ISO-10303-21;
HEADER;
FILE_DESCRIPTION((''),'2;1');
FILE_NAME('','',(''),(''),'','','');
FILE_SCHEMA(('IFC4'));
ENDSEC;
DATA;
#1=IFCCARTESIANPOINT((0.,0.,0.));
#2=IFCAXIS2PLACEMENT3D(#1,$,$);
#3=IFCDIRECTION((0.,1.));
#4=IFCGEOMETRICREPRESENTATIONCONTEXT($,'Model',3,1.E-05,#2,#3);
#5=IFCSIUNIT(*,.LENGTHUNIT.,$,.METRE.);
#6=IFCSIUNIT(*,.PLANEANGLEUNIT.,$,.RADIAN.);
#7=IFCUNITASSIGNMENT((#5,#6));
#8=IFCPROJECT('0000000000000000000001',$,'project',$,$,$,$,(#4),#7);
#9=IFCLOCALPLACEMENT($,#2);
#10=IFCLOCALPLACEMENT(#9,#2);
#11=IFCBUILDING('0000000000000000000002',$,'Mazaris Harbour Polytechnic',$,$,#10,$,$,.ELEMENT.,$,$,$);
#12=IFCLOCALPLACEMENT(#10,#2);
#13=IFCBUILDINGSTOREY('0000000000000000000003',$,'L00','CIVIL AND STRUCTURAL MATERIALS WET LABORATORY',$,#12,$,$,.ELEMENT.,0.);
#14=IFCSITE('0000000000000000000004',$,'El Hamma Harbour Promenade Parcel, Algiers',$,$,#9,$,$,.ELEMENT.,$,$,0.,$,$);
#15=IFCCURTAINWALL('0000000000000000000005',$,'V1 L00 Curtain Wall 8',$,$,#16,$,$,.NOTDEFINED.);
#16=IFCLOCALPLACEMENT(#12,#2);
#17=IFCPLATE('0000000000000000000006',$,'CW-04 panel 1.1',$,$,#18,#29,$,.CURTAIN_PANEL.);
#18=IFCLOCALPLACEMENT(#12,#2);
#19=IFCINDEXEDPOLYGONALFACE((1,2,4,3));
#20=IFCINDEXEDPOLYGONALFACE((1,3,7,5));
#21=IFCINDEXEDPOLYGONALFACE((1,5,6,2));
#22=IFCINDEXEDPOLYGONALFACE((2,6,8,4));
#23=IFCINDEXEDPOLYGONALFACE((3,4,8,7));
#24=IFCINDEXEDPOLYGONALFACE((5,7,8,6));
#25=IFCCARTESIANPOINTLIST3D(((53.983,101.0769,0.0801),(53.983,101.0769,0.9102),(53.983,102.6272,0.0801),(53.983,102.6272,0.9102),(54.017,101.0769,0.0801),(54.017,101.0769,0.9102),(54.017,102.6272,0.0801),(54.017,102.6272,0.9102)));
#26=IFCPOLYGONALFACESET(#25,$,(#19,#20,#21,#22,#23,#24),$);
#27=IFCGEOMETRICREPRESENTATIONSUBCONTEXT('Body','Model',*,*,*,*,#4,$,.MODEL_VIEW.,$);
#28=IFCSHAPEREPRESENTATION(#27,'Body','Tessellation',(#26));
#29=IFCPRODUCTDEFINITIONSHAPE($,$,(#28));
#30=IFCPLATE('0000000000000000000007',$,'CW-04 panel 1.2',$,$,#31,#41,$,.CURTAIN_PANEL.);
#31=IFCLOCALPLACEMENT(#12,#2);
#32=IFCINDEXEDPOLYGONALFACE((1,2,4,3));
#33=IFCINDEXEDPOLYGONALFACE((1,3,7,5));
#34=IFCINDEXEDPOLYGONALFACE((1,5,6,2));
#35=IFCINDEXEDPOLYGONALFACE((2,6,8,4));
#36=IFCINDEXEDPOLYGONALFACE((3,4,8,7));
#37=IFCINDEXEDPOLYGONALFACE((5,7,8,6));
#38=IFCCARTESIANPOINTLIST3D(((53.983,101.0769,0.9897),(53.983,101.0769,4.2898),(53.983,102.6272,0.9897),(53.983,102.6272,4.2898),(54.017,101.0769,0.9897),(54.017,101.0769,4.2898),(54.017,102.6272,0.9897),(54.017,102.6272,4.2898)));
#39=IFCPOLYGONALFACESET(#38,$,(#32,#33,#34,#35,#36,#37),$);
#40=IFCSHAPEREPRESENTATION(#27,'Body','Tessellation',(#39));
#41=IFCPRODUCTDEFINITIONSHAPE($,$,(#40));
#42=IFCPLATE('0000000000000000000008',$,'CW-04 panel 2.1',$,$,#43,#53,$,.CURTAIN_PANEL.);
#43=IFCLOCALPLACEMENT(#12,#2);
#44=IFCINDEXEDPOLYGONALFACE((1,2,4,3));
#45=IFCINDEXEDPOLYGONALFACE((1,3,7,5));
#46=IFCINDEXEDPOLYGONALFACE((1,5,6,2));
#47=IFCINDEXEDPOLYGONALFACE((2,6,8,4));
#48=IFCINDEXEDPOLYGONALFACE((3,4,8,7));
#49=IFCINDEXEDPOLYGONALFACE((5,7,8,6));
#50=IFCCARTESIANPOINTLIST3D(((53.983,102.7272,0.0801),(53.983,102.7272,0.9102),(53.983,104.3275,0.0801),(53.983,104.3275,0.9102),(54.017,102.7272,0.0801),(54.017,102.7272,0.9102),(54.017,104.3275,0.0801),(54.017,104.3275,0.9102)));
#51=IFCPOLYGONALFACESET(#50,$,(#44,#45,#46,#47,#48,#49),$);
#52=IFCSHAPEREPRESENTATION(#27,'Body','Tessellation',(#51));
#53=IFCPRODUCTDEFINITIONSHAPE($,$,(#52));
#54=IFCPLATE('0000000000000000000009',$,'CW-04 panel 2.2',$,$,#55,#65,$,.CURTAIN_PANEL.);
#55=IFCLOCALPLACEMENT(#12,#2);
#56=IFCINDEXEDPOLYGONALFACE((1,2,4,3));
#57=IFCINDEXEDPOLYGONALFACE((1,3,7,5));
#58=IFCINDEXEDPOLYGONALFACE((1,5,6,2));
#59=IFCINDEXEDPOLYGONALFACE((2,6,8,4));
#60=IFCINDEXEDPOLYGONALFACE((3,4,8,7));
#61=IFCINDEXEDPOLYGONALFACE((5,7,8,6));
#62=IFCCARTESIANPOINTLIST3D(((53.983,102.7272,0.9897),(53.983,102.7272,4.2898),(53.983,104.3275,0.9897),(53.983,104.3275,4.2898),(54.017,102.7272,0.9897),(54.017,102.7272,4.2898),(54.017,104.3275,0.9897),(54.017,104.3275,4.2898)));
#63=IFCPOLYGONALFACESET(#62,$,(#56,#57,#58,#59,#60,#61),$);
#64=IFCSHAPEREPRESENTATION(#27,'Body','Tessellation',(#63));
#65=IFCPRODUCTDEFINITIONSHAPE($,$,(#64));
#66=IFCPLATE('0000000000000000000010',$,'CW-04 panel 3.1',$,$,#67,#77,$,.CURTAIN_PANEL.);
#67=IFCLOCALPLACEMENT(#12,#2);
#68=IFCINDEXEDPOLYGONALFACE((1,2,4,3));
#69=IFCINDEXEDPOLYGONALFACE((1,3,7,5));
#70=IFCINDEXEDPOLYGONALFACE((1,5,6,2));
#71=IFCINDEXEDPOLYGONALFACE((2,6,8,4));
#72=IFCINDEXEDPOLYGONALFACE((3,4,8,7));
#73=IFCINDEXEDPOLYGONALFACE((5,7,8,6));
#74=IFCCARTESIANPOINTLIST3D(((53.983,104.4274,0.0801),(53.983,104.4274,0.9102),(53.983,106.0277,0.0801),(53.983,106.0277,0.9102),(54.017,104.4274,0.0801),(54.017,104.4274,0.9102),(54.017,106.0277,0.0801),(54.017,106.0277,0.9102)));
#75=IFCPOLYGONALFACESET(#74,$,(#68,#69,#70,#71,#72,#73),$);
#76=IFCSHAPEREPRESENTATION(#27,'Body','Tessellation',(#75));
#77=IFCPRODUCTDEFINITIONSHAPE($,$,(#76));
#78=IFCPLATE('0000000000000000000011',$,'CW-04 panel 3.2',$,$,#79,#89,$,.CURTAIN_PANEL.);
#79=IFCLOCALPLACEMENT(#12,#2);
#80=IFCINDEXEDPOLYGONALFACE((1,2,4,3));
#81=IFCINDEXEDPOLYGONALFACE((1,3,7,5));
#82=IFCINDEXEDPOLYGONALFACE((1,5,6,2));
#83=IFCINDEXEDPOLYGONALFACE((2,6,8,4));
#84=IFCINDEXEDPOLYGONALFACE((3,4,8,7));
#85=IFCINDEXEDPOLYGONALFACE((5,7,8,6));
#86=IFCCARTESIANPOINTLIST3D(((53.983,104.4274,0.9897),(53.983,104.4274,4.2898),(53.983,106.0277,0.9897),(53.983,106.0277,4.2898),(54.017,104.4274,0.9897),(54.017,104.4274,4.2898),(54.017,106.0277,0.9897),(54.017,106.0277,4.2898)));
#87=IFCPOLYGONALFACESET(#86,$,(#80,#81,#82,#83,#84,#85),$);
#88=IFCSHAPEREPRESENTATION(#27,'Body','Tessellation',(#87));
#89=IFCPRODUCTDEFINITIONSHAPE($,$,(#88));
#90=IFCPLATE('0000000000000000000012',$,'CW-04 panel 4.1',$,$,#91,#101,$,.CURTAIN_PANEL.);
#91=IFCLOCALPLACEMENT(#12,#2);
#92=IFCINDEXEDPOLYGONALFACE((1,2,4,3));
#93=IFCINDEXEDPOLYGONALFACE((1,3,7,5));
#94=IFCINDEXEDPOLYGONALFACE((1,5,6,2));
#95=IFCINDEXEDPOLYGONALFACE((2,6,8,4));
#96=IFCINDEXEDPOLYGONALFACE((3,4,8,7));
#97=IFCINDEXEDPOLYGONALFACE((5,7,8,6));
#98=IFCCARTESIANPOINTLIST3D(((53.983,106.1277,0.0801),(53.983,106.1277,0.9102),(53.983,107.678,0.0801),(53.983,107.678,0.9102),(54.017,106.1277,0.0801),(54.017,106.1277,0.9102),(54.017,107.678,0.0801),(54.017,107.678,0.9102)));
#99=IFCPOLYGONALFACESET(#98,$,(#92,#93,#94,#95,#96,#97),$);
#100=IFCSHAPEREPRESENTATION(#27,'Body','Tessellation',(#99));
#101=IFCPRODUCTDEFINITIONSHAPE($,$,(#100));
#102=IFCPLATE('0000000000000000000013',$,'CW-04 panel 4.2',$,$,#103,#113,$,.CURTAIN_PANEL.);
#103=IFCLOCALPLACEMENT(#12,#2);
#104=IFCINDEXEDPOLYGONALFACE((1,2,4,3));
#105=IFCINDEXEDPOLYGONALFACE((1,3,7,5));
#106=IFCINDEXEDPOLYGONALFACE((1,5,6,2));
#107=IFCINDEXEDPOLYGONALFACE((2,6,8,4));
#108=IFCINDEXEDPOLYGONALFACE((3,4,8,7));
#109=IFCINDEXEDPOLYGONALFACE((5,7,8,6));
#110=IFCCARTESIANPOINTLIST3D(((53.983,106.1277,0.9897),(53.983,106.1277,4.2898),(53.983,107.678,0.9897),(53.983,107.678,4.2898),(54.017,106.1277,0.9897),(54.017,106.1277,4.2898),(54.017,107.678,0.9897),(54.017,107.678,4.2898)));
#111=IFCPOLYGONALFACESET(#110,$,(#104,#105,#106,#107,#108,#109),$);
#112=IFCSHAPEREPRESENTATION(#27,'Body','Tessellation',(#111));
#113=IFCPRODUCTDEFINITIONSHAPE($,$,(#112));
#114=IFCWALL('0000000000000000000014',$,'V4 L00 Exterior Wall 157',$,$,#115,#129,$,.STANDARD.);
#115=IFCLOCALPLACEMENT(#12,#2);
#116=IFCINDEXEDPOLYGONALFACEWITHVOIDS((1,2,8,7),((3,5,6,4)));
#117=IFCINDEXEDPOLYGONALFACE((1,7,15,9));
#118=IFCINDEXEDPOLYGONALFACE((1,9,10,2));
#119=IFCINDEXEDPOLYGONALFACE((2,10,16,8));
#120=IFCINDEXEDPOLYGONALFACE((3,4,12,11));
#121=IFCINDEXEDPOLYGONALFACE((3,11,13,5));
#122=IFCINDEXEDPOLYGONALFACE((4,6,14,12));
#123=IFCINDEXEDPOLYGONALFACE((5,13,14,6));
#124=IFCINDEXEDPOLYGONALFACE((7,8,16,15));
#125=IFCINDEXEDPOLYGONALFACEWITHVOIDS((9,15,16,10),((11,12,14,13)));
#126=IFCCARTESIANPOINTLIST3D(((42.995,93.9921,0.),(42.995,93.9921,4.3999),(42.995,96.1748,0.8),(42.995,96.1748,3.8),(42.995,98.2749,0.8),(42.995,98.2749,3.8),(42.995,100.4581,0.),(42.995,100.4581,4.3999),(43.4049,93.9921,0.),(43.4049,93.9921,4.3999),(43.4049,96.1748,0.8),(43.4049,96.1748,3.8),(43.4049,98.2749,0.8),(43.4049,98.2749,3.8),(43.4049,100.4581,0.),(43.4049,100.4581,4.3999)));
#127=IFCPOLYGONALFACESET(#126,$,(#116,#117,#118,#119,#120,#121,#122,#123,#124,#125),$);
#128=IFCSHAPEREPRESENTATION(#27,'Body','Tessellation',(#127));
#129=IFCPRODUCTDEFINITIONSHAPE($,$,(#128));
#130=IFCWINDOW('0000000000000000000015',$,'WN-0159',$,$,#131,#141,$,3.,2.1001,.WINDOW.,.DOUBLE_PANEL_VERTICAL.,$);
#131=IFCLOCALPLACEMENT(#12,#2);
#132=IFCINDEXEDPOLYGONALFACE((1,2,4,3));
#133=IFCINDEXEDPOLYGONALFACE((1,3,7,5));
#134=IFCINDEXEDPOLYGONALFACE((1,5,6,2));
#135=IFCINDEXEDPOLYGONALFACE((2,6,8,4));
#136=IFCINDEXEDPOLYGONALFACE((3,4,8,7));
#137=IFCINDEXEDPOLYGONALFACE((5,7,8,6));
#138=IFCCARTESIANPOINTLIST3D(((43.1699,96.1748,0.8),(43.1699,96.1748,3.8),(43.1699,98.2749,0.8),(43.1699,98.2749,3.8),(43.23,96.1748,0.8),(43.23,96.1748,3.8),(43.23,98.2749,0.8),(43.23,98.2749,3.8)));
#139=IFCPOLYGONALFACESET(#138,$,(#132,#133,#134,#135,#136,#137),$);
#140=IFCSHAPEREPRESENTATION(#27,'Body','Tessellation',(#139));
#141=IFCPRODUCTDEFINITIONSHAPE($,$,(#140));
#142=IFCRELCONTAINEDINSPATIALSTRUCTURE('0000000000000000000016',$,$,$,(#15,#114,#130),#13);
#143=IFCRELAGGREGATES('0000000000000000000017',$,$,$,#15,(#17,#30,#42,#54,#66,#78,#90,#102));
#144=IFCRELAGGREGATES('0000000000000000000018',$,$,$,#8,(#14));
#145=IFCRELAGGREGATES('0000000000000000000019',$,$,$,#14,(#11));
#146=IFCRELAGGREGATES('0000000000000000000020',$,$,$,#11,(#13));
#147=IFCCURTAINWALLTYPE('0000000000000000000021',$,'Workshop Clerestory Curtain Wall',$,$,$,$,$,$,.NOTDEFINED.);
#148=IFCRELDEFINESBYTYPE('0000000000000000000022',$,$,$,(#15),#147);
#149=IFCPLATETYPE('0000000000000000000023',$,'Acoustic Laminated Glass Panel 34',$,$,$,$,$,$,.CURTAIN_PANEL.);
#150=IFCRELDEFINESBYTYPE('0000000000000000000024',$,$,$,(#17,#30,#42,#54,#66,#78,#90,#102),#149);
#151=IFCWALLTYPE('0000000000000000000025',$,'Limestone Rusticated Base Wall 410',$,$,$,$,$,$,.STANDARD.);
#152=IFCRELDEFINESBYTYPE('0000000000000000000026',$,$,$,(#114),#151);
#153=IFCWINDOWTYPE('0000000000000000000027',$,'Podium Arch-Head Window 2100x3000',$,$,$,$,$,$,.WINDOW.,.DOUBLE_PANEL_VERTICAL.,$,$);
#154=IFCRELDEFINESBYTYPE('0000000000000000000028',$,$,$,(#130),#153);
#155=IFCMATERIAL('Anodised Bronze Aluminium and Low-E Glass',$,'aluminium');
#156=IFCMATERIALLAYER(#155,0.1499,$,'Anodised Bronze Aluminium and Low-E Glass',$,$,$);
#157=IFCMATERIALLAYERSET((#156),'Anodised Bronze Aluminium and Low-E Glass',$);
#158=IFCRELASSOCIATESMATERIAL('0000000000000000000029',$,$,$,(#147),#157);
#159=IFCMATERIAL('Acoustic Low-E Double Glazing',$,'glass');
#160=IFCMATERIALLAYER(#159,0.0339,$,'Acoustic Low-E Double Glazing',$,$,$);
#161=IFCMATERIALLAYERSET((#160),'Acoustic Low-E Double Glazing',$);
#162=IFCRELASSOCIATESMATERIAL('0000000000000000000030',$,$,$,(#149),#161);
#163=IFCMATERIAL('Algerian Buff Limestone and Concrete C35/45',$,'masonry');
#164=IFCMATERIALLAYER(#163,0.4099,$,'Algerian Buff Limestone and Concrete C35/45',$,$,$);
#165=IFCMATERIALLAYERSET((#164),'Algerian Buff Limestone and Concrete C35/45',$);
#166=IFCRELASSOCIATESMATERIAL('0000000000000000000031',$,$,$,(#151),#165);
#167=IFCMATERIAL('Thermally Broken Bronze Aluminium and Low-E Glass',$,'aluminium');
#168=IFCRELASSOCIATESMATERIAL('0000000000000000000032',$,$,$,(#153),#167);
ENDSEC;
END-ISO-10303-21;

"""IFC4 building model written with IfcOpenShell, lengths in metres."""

from ifc_helpers import new_model, si_unit, direction, frame, frame_2d, origin, origin_2d, place, context, subcontext, project, spatial, rectangle, extrude, material, layer, layer_set, type_object, element, fill, aggregate, save


model = new_model("IFC4")

# Units and contexts
model_context = context("Model", 3, precision=1e-05, world=origin(), true_north=direction((0.0, 1.0)))
body_context = subcontext(model_context, "Body", "Model", "MODEL_VIEW")
ifc_project = project(units=[si_unit("LENGTHUNIT", "METRE"), si_unit("PLANEANGLEUNIT", "RADIAN")], contexts=[model_context])

# Site, building, storey
site_placement = place(None, origin())
site = spatial("IfcSite", under=ifc_project, at=site_placement, Name="El Hamma Harbour Promenade Parcel, Algiers", CompositionType="ELEMENT", RefElevation=0.0)
building_placement = place(site_placement, origin())
building = spatial("IfcBuilding", under=site, at=building_placement, Name="Mazaris Harbour Polytechnic", CompositionType="ELEMENT")
storey_placement = place(building_placement, origin())
storey = spatial("IfcBuildingStorey", under=building, at=storey_placement, Name="L00", Description="CIVIL AND STRUCTURAL MATERIALS WET LABORATORY", CompositionType="ELEMENT", Elevation=0.0)

# Curtain wall
ifc_material_1 = material(Name="Anodised Bronze Aluminium and Low-E Glass", Category="aluminium")
ifc_layer_1 = layer(ifc_material_1, 0.1499, Name="Anodised Bronze Aluminium and Low-E Glass")
ifc_layer_set_1 = layer_set([ifc_layer_1], Name="Anodised Bronze Aluminium and Low-E Glass")
curtain_wall_type = type_object("IfcCurtainWallType", Name="Workshop Clerestory Curtain Wall", PredefinedType="NOTDEFINED", material=ifc_layer_set_1)
curtain_wall_placement = place(storey_placement, origin())
curtain_wall = element("IfcCurtainWall", 1, at=curtain_wall_placement, inside=storey, type_object=curtain_wall_type, Name="V1 L00 Curtain Wall 8", PredefinedType="NOTDEFINED")

# Plates
ifc_material_2 = material(Name="Acoustic Low-E Double Glazing", Category="glass")
ifc_layer_2 = layer(ifc_material_2, 0.0339, Name="Acoustic Low-E Double Glazing")
ifc_layer_set_2 = layer_set([ifc_layer_2], Name="Acoustic Low-E Double Glazing")
plate_type = type_object("IfcPlateType", Name="Acoustic Laminated Glass Panel 34", PredefinedType="CURTAIN_PANEL", material=ifc_layer_set_2)
plate_1_placement = place(storey_placement, frame((54.0, 101.8521, 0.0801), z_axis=(0.0, 0.0, 1.0), x_axis=(0.0, 1.0, 0.0)))
plate_1 = element("IfcPlate", 2, at=plate_1_placement, type_object=plate_type, Name="CW-04 panel 1.1", PredefinedType="CURTAIN_PANEL", context=body_context, shape_type="SweptSolid", body=[
    extrude(rectangle(XDim=1.5503, YDim=0.0339, at=origin_2d()), origin(), (0.0, 0.0, 1.0), 0.8301),
])
plate_2_placement = place(storey_placement, frame((54.0, 101.8521, 0.9897), z_axis=(0.0, 0.0, 1.0), x_axis=(0.0, 1.0, 0.0)))
plate_2 = element("IfcPlate", 3, at=plate_2_placement, type_object=plate_type, Name="CW-04 panel 1.2", PredefinedType="CURTAIN_PANEL", context=body_context, shape_type="SweptSolid", body=[
    extrude(rectangle(XDim=1.5503, YDim=0.0339, at=origin_2d()), origin(), (0.0, 0.0, 1.0), 3.3),
])
plate_3_placement = place(storey_placement, frame((54.0, 103.5273, 0.0801), z_axis=(0.0, 0.0, 1.0), x_axis=(0.0, 1.0, 0.0)))
plate_3 = element("IfcPlate", 4, at=plate_3_placement, type_object=plate_type, Name="CW-04 panel 2.1", PredefinedType="CURTAIN_PANEL", context=body_context, shape_type="SweptSolid", body=[
    extrude(rectangle(XDim=1.6003, YDim=0.0339, at=origin_2d()), origin(), (0.0, 0.0, 1.0), 0.8301),
])
plate_4_placement = place(storey_placement, frame((54.0, 103.5273, 0.9897), z_axis=(0.0, 0.0, 1.0), x_axis=(0.0, 1.0, 0.0)))
plate_4 = element("IfcPlate", 5, at=plate_4_placement, type_object=plate_type, Name="CW-04 panel 2.2", PredefinedType="CURTAIN_PANEL", context=body_context, shape_type="SweptSolid", body=[
    extrude(rectangle(XDim=1.6003, YDim=0.0339, at=origin_2d()), origin(), (0.0, 0.0, 1.0), 3.3),
])
plate_5_placement = place(storey_placement, frame((54.0, 105.2275, 0.0801), z_axis=(0.0, 0.0, 1.0), x_axis=(0.0, 1.0, 0.0)))
plate_5 = element("IfcPlate", 6, at=plate_5_placement, type_object=plate_type, Name="CW-04 panel 3.1", PredefinedType="CURTAIN_PANEL", context=body_context, shape_type="SweptSolid", body=[
    extrude(rectangle(XDim=1.6003, YDim=0.0339, at=origin_2d()), origin(), (0.0, 0.0, 1.0), 0.8301),
])
plate_6_placement = place(storey_placement, frame((54.0, 105.2275, 0.9897), z_axis=(0.0, 0.0, 1.0), x_axis=(0.0, 1.0, 0.0)))
plate_6 = element("IfcPlate", 7, at=plate_6_placement, type_object=plate_type, Name="CW-04 panel 3.2", PredefinedType="CURTAIN_PANEL", context=body_context, shape_type="SweptSolid", body=[
    extrude(rectangle(XDim=1.6003, YDim=0.0339, at=origin_2d()), origin(), (0.0, 0.0, 1.0), 3.3),
])
plate_7_placement = place(storey_placement, frame((54.0, 106.9028, 0.0801), z_axis=(0.0, 0.0, 1.0), x_axis=(0.0, 1.0, 0.0)))
plate_7 = element("IfcPlate", 8, at=plate_7_placement, type_object=plate_type, Name="CW-04 panel 4.1", PredefinedType="CURTAIN_PANEL", context=body_context, shape_type="SweptSolid", body=[
    extrude(rectangle(XDim=1.5503, YDim=0.0339, at=origin_2d()), origin(), (0.0, 0.0, 1.0), 0.8301),
])
plate_8_placement = place(storey_placement, frame((54.0, 106.9028, 0.9897), z_axis=(0.0, 0.0, 1.0), x_axis=(0.0, 1.0, 0.0)))
plate_8 = element("IfcPlate", 9, at=plate_8_placement, type_object=plate_type, Name="CW-04 panel 4.2", PredefinedType="CURTAIN_PANEL", context=body_context, shape_type="SweptSolid", body=[
    extrude(rectangle(XDim=1.5503, YDim=0.0339, at=origin_2d()), origin(), (0.0, 0.0, 1.0), 3.3),
])
aggregate(curtain_wall, [plate_1, plate_2, plate_3, plate_4, plate_5, plate_6, plate_7, plate_8])

# Wall, opening, window
ifc_material_3 = material(Name="Algerian Buff Limestone and Concrete C35/45", Category="masonry")
ifc_layer_3 = layer(ifc_material_3, 0.4099, Name="Algerian Buff Limestone and Concrete C35/45")
ifc_layer_set_3 = layer_set([ifc_layer_3], Name="Algerian Buff Limestone and Concrete C35/45")
wall_type = type_object("IfcWallType", Name="Limestone Rusticated Base Wall 410", PredefinedType="STANDARD", material=ifc_layer_set_3)
wall_placement = place(storey_placement, frame((43.2, 100.458, 0.0), z_axis=(0.0, 0.0, 1.0), x_axis=(0.0, -1.0, 0.0)))
wall = element("IfcWall", 10, at=wall_placement, inside=storey, type_object=wall_type, Name="V4 L00 Exterior Wall 157", PredefinedType="STANDARD", context=body_context, shape_type="SweptSolid", body=[
    extrude(rectangle(XDim=6.4661, YDim=0.4099, at=frame_2d((3.2329, 0.0))), origin(), (0.0, 0.0, 1.0), 4.3999),
])
opening_placement = place(wall_placement, frame((2.1831, 0.0, 0.8)))
opening = element("IfcOpeningElement", 11, at=opening_placement, cuts=wall, PredefinedType="OPENING", context=body_context, shape_type="SweptSolid", body=[
    extrude(rectangle(XDim=2.1001, YDim=3.0, at=frame_2d((1.05, 1.5))), frame((0.0, 0.2148, 0.0), z_axis=(0.0, -1.0, 0.0), x_axis=(1.0, 0.0, 0.0)), (0.0, 0.0, 1.0), 0.4299),
])
ifc_material_4 = material(Name="Thermally Broken Bronze Aluminium and Low-E Glass", Category="aluminium")
window_type = type_object("IfcWindowType", Name="Podium Arch-Head Window 2100x3000", PartitioningType="DOUBLE_PANEL_VERTICAL", PredefinedType="WINDOW", material=ifc_material_4)
window_placement = place(opening_placement, origin())
window = element("IfcWindow", 12, at=window_placement, inside=storey, type_object=window_type, Name="WN-0159", OverallHeight=3.0, OverallWidth=2.1001, PartitioningType="DOUBLE_PANEL_VERTICAL", PredefinedType="WINDOW", context=body_context, shape_type="SweptSolid", body=[
    extrude(rectangle(XDim=2.1001, YDim=3.0, at=frame_2d((1.05, 1.5))), frame((0.0, 0.03, 0.0), z_axis=(0.0, -1.0, 0.0), x_axis=(1.0, 0.0, 0.0)), (0.0, 0.0, 1.0), 0.0601),
])
fill(opening, window)

save(model, "model.ifc")
